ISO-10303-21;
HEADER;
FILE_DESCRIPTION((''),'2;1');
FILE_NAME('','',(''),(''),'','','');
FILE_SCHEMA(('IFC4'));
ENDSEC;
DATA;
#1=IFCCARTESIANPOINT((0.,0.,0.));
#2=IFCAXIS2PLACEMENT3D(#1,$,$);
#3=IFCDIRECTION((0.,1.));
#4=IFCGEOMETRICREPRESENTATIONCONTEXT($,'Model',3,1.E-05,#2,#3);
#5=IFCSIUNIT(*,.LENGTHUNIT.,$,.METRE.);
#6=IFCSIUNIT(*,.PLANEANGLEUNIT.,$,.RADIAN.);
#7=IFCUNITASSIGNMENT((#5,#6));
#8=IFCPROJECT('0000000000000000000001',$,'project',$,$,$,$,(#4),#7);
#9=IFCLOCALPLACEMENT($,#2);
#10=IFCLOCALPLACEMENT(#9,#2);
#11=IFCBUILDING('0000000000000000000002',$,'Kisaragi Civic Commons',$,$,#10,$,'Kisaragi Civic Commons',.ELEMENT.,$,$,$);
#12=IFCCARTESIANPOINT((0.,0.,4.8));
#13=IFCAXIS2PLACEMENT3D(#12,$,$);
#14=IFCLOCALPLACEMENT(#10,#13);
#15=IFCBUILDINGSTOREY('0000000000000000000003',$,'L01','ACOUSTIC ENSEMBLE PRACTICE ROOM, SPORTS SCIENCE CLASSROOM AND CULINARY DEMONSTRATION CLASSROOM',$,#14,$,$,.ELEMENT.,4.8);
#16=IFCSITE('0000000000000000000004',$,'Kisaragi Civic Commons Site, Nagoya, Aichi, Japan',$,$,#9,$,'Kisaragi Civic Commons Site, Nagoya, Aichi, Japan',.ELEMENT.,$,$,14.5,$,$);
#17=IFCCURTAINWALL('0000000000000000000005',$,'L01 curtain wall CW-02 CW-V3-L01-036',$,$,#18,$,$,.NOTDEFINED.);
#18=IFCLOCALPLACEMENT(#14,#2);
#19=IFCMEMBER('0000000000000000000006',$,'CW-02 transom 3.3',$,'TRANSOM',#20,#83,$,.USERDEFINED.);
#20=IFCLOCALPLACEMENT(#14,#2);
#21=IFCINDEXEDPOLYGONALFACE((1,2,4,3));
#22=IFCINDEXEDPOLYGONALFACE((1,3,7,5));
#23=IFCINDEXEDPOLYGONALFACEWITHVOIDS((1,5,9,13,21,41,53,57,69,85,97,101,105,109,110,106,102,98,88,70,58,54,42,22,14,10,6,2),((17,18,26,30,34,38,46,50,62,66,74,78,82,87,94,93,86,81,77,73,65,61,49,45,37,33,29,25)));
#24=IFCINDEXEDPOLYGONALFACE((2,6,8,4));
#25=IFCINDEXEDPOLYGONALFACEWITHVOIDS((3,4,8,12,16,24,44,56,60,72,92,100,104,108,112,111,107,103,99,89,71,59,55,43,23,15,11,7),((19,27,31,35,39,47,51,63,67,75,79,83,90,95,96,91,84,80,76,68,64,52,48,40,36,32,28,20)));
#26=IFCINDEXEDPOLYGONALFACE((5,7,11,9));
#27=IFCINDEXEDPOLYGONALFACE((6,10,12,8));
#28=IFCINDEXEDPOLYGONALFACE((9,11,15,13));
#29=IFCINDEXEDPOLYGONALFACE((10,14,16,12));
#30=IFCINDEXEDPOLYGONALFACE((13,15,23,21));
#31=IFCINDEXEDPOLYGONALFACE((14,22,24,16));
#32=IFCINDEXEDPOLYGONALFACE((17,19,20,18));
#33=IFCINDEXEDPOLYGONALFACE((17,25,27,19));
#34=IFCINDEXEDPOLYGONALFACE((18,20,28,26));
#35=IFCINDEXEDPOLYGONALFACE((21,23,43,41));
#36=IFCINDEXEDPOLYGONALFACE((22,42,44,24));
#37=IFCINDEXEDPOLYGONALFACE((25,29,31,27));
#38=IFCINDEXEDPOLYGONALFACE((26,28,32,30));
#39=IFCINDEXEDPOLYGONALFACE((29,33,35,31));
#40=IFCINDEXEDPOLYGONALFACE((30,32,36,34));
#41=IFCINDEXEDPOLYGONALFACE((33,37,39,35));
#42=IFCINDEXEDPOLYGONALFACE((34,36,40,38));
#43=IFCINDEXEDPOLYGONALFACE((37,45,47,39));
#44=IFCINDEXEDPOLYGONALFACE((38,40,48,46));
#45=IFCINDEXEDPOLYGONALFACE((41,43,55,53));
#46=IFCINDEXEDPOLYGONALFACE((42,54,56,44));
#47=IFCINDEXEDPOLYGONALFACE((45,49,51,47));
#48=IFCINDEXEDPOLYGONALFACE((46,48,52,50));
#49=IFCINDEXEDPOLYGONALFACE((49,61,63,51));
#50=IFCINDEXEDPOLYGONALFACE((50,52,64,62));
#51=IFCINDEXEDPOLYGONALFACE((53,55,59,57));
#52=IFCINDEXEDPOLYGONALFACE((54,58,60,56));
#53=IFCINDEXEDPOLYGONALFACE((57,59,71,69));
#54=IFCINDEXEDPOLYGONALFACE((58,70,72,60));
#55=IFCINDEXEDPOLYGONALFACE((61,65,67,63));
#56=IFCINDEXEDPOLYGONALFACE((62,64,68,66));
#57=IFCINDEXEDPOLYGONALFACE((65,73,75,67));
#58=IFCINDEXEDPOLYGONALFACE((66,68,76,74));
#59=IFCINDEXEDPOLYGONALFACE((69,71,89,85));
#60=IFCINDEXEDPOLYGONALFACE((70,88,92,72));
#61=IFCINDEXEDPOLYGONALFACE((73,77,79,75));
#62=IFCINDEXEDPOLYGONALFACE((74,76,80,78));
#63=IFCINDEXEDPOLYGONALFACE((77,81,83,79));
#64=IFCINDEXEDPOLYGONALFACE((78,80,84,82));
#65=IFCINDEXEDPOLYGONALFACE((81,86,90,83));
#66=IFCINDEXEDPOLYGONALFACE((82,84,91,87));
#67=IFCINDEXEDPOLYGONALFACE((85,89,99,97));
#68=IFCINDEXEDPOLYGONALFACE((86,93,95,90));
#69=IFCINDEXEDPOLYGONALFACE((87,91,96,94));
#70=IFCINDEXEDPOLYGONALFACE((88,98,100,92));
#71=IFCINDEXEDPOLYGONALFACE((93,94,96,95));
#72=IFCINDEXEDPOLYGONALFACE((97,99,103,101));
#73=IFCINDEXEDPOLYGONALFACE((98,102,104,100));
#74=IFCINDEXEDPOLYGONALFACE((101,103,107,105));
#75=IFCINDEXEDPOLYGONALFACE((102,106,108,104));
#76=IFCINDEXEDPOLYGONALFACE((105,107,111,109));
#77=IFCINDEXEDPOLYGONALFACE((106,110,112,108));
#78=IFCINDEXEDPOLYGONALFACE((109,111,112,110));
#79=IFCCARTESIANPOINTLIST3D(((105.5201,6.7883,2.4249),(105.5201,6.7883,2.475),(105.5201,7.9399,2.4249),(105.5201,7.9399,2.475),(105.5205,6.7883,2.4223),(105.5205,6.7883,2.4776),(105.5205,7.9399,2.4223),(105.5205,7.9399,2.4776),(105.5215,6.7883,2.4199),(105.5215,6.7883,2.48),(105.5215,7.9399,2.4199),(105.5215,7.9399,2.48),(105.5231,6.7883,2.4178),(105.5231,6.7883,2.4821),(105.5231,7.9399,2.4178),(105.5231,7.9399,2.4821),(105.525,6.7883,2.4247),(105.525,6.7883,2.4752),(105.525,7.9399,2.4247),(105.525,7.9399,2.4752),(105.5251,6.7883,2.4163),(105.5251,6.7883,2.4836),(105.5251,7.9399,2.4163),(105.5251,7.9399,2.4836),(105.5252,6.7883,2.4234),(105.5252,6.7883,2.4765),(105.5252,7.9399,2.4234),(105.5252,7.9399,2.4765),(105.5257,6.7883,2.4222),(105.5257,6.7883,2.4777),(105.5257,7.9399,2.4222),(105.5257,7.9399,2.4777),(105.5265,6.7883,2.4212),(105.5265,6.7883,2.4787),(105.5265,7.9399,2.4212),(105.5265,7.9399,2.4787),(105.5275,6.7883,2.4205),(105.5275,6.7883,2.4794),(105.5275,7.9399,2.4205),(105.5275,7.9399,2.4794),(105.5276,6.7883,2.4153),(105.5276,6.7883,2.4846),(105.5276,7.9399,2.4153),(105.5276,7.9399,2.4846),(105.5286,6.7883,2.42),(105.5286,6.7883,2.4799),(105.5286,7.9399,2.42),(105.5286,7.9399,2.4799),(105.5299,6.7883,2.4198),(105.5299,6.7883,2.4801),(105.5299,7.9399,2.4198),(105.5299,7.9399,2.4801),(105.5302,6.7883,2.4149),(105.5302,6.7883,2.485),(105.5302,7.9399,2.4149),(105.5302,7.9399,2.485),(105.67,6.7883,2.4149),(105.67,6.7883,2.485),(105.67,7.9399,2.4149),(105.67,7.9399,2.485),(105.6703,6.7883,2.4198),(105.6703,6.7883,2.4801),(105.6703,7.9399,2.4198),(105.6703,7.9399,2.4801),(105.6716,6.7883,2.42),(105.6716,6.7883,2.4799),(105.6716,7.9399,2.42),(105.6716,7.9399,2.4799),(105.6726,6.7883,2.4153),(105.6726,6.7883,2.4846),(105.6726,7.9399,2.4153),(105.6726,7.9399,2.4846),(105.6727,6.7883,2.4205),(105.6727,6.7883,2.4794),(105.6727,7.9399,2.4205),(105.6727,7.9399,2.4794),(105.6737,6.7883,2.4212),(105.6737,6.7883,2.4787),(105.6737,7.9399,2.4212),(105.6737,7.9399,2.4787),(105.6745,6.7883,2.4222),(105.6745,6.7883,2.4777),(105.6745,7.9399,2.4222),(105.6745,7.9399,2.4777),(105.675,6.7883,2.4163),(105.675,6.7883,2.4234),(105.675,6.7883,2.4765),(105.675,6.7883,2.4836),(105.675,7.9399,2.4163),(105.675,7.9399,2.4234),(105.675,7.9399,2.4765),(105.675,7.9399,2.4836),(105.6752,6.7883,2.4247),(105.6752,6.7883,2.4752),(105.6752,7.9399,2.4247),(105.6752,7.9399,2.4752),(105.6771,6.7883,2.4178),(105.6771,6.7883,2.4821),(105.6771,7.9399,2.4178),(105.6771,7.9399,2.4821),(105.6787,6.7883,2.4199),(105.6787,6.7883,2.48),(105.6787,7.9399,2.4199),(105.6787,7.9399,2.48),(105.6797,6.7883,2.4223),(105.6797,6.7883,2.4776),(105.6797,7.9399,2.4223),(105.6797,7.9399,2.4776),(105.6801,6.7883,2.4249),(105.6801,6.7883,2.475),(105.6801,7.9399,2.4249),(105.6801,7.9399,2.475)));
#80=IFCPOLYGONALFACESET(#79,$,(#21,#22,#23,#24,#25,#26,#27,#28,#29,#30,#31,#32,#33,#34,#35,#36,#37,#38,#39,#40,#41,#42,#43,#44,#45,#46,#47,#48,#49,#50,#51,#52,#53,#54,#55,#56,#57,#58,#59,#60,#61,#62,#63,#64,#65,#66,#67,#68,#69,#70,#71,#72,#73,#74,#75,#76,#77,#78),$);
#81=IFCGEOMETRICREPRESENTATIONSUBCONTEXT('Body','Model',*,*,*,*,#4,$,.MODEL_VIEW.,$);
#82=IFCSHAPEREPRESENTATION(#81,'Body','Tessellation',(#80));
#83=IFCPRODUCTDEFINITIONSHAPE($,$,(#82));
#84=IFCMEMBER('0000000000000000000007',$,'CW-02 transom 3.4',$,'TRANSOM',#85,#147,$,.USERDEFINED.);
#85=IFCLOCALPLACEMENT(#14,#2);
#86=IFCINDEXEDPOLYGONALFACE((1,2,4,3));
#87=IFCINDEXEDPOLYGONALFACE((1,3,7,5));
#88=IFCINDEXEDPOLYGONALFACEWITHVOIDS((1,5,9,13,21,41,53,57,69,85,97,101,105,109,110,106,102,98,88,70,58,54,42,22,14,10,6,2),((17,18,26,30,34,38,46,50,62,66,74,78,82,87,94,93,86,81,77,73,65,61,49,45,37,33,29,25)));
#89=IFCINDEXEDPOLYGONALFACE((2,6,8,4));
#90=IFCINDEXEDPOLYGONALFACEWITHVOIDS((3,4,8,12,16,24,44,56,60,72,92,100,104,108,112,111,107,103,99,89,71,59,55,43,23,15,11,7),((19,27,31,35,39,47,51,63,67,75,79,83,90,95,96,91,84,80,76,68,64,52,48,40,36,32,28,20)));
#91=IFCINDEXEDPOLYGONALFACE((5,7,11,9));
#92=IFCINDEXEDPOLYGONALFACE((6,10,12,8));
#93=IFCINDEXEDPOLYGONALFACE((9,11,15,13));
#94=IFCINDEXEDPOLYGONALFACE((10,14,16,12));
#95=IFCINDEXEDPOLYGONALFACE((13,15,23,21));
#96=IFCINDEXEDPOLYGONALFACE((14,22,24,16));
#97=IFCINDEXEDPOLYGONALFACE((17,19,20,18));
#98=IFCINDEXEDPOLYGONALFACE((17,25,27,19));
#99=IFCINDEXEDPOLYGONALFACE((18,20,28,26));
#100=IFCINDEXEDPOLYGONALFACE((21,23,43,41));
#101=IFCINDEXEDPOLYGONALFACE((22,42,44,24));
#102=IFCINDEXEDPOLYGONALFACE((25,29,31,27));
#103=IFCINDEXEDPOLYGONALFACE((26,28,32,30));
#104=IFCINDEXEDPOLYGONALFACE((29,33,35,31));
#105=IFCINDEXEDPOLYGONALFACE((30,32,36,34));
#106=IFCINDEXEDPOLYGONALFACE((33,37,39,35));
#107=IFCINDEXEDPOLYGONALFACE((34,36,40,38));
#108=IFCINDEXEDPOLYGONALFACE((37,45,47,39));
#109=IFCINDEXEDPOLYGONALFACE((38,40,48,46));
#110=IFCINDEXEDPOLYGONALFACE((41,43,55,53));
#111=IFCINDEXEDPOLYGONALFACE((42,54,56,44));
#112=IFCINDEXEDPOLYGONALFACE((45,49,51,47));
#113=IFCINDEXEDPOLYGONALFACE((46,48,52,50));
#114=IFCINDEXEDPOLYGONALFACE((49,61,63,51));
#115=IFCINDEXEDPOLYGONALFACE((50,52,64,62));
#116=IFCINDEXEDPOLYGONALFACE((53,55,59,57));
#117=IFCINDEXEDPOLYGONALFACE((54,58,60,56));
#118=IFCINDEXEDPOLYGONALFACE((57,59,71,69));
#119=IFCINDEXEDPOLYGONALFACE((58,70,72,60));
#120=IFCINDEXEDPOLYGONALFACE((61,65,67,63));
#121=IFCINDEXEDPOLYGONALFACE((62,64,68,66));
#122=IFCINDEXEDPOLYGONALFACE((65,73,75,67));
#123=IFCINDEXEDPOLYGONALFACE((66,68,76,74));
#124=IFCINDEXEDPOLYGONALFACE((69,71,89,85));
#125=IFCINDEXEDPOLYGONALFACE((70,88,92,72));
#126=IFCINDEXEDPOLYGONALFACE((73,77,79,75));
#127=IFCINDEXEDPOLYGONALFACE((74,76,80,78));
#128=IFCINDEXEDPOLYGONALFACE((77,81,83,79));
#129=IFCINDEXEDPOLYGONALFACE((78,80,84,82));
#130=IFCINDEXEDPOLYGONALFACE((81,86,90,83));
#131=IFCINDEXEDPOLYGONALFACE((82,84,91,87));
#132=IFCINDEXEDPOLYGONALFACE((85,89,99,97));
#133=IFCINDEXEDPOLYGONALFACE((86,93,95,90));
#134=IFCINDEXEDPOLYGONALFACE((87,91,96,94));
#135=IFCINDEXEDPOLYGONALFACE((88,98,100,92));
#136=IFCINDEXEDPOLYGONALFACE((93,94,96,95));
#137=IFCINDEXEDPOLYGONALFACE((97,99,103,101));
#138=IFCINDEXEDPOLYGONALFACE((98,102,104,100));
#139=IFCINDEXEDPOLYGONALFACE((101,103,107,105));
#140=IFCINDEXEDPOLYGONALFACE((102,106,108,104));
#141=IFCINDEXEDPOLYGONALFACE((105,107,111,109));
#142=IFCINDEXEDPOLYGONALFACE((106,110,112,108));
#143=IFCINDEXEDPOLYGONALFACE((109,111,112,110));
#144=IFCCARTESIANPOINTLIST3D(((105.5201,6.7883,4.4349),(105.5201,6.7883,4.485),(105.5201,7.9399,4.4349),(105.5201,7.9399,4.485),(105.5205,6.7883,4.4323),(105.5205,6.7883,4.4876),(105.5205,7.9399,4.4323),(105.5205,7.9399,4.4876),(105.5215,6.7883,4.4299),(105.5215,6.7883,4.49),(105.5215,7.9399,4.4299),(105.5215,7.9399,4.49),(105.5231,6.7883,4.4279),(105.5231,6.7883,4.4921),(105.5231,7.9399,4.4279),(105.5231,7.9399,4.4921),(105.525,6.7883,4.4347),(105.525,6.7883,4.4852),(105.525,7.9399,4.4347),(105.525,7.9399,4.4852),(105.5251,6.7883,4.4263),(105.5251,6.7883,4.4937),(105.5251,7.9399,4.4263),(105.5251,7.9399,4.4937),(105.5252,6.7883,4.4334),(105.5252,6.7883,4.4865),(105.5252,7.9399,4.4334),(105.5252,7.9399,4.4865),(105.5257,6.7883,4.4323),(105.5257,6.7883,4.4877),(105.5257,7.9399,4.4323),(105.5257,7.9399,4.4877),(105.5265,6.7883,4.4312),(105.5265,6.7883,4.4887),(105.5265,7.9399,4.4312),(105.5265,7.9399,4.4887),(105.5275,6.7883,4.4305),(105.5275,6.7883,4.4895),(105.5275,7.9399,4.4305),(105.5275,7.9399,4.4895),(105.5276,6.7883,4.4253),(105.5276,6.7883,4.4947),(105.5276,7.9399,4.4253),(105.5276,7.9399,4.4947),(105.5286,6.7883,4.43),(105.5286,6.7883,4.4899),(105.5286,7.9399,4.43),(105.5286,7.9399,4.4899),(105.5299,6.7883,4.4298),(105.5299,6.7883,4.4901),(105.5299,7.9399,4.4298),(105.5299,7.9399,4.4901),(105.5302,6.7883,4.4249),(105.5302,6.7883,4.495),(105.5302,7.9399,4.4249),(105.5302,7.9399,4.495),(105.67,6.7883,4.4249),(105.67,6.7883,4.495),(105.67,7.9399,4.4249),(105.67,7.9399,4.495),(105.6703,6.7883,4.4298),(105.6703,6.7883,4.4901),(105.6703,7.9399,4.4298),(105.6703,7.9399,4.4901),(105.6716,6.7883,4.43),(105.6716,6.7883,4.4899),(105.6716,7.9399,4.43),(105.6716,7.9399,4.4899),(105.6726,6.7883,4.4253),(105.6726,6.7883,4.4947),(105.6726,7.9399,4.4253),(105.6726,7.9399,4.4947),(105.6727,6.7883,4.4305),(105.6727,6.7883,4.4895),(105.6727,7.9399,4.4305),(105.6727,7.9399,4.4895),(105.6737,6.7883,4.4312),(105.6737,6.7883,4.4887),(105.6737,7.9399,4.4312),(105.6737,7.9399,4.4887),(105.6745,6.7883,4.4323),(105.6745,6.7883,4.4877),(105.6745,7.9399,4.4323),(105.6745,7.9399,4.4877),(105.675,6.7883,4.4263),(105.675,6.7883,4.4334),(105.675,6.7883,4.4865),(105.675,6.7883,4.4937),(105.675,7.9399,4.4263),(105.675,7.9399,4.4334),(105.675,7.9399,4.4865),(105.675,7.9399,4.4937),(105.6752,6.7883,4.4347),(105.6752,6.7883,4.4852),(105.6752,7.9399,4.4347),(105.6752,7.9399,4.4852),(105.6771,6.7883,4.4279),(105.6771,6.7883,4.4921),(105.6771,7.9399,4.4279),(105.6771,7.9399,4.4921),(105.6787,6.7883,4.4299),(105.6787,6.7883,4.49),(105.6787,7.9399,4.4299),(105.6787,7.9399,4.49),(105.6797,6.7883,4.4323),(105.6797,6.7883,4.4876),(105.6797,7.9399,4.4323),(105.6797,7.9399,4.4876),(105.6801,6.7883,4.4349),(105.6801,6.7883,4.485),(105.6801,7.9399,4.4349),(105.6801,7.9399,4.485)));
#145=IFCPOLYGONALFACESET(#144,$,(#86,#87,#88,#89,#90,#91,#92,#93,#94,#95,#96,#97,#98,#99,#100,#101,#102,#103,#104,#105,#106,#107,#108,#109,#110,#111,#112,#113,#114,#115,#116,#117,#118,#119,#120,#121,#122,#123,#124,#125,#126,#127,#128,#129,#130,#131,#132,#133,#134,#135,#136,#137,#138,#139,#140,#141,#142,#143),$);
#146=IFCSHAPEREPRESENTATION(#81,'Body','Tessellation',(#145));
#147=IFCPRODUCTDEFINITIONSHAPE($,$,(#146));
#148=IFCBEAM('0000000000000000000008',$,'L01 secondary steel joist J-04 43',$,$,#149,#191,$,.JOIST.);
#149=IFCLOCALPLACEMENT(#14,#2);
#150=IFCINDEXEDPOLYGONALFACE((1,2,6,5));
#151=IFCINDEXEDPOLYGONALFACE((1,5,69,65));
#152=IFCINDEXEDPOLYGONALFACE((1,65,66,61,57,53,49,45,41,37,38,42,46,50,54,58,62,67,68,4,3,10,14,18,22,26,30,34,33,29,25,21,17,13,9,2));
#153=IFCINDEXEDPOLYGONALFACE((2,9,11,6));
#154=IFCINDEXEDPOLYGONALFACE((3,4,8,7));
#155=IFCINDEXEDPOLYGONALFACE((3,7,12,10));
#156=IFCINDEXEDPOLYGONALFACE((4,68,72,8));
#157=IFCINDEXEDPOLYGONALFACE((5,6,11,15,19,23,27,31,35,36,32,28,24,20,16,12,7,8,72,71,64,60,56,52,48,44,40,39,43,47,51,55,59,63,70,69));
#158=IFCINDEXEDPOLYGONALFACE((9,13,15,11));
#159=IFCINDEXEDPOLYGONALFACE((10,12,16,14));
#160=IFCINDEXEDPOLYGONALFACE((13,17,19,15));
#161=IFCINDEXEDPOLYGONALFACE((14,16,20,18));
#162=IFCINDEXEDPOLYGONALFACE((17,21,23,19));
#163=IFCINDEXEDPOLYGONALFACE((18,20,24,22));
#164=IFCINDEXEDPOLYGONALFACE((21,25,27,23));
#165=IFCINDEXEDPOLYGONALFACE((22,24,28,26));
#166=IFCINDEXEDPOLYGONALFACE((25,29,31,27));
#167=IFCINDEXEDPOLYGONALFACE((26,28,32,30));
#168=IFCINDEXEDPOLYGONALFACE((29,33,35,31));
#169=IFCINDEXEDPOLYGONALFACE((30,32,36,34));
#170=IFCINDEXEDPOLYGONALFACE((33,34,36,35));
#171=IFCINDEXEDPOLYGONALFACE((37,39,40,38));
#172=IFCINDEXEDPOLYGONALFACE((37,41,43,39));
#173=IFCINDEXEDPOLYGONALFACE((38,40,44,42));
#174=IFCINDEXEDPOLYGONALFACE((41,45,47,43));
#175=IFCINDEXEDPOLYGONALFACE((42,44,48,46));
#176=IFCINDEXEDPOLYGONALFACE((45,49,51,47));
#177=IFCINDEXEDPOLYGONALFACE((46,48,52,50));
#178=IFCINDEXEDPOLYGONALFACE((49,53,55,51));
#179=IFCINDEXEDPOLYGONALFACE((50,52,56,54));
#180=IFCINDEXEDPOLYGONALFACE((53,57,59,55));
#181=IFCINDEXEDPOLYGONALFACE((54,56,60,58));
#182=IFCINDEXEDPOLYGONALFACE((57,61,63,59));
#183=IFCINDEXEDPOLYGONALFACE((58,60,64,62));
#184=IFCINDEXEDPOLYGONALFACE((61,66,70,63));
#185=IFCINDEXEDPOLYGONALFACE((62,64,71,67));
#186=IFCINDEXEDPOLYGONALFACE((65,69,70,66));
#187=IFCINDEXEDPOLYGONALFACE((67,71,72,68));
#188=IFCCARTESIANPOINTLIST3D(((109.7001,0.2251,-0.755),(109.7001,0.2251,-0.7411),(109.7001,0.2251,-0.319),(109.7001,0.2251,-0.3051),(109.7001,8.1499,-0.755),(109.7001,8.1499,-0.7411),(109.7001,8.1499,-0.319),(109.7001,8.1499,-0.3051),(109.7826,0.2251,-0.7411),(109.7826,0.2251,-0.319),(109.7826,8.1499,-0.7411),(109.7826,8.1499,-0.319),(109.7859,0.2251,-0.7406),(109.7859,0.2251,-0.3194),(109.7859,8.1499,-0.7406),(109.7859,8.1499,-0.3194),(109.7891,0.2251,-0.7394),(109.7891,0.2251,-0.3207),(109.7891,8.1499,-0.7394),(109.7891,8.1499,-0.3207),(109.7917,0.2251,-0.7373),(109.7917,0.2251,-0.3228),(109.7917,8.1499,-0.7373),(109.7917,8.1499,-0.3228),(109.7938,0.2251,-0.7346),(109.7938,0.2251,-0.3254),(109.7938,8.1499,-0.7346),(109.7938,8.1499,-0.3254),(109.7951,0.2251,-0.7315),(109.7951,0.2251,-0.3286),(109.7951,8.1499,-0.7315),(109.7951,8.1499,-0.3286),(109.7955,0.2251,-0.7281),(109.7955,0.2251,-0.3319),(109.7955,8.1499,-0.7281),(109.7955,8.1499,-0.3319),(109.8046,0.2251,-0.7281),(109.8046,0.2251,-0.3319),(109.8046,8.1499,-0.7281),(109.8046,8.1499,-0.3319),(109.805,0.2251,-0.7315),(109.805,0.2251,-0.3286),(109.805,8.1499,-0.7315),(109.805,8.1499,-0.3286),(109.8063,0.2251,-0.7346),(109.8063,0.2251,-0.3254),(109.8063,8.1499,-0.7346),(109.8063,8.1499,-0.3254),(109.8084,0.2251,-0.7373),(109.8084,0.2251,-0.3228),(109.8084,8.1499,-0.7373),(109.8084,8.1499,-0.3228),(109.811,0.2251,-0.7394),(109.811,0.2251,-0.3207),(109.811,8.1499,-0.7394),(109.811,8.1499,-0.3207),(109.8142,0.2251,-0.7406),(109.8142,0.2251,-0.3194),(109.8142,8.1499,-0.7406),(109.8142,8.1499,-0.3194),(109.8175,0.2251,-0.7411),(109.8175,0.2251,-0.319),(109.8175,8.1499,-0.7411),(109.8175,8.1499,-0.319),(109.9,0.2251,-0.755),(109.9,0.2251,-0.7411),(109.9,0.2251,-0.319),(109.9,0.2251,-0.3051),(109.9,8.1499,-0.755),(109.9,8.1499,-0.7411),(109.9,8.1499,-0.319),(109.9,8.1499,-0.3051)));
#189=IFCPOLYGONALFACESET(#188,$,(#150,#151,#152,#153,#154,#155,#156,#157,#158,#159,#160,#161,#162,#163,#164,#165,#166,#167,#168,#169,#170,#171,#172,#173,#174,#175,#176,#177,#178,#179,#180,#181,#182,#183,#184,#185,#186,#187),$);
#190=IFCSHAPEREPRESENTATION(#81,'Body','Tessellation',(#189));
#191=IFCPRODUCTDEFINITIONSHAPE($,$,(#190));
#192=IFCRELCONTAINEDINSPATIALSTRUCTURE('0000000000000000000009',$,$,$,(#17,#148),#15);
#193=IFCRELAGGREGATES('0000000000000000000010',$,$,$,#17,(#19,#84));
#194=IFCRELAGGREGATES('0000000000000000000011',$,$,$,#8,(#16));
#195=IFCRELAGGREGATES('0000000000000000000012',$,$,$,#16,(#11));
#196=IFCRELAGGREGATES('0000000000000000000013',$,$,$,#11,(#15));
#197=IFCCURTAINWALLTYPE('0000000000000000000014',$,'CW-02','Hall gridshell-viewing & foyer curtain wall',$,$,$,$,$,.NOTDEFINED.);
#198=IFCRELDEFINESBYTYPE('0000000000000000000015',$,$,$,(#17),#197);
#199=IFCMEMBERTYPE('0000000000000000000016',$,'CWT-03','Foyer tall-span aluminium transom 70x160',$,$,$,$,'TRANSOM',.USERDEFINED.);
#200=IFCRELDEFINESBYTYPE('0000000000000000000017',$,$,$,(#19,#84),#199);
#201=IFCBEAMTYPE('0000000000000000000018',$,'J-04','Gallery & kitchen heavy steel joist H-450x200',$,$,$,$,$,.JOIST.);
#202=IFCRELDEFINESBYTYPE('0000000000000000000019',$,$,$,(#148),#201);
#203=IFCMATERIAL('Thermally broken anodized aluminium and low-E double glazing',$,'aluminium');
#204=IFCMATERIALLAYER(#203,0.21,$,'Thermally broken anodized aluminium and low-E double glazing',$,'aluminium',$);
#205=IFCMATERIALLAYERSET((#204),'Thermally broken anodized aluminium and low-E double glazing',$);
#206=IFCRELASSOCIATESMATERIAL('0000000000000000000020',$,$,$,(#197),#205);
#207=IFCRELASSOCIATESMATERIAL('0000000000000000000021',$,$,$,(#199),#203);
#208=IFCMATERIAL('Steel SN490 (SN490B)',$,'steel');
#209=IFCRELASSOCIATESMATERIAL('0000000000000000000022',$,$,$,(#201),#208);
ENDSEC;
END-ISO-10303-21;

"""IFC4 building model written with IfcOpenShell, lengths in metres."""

from ifc_helpers import new_model, si_unit, direction, frame, origin, origin_2d, place, context, subcontext, project, spatial, hollow_rectangle, i_section, extrude, material, layer, layer_set, material_profile, profile_set, type_object, element, aggregate, save


model = new_model("IFC4")

# Units and contexts
model_context = context("Model", 3, precision=1e-05, world=origin(), true_north=direction((0.0, 1.0)))
body_context = subcontext(model_context, "Body", "Model", "MODEL_VIEW")
ifc_project = project(units=[si_unit("LENGTHUNIT", "METRE"), si_unit("PLANEANGLEUNIT", "RADIAN")], contexts=[model_context])

# Site, building, storey
site_placement = place(None, origin())
site = spatial("IfcSite", under=ifc_project, at=site_placement, Name="Kisaragi Civic Commons Site, Nagoya, Aichi, Japan", LongName="Kisaragi Civic Commons Site, Nagoya, Aichi, Japan", CompositionType="ELEMENT", RefElevation=14.5)
building_placement = place(site_placement, origin())
building = spatial("IfcBuilding", under=site, at=building_placement, Name="Kisaragi Civic Commons", LongName="Kisaragi Civic Commons", CompositionType="ELEMENT")
storey_placement = place(building_placement, frame((0.0, 0.0, 4.8)))
storey = spatial("IfcBuildingStorey", under=building, at=storey_placement, Name="L01", Description="ACOUSTIC ENSEMBLE PRACTICE ROOM, SPORTS SCIENCE CLASSROOM AND CULINARY DEMONSTRATION CLASSROOM", CompositionType="ELEMENT", Elevation=4.8)

# Curtain wall, members
ifc_material_1 = material(Name="Thermally broken anodized aluminium and low-E double glazing", Category="aluminium")
ifc_layer_1 = layer(ifc_material_1, 0.21, Name="Thermally broken anodized aluminium and low-E double glazing", Category="aluminium")
ifc_layer_set_1 = layer_set([ifc_layer_1], Name="Thermally broken anodized aluminium and low-E double glazing")
curtain_wall_type = type_object("IfcCurtainWallType", Name="CW-02", Description="Hall gridshell-viewing & foyer curtain wall", PredefinedType="NOTDEFINED", material=ifc_layer_set_1)
ifc_material_profile_1 = material_profile(ifc_material_1, hollow_rectangle(XDim=0.1599, YDim=0.0701, WallThickness=0.0049, InnerFilletRadius=0.0049, OuterFilletRadius=0.01, at=origin_2d()), Name="CWT-70x160x5", Category="aluminium")
ifc_profile_set_1 = profile_set([ifc_material_profile_1], Name="Thermally broken anodized aluminium and low-E double glazing")
member_type_1 = type_object("IfcMemberType", Name="CWT-03", Description="Foyer tall-span aluminium transom 70x160", ElementType="TRANSOM", PredefinedType="USERDEFINED", material=ifc_profile_set_1)
curtain_wall_1_placement = place(storey_placement, origin())
curtain_wall_1 = element("IfcCurtainWall", 1, at=curtain_wall_1_placement, inside=storey, type_object=curtain_wall_type, Name="L01 curtain wall CW-02 CW-V3-L01-036", PredefinedType="NOTDEFINED")
member_1_placement = place(storey_placement, frame((105.6001, 6.7883, 2.45), z_axis=(0.0, 1.0, 0.0), x_axis=(-1.0, 0.0, 0.0)))
member_1 = element("IfcMember", 2, at=member_1_placement, type_object=member_type_1, Name="CW-02 transom 3.3", ObjectType="TRANSOM", PredefinedType="USERDEFINED", context=body_context, shape_type="SweptSolid", body=[
    extrude(hollow_rectangle(XDim=0.1599, YDim=0.0701, WallThickness=0.0049, InnerFilletRadius=0.0049, OuterFilletRadius=0.01, at=origin_2d()), origin(), (0.0, 0.0, 1.0), 1.1516),
])
member_2_placement = place(storey_placement, frame((105.6001, 6.7883, 4.46), z_axis=(0.0, 1.0, 0.0), x_axis=(-1.0, 0.0, 0.0)))
member_2 = element("IfcMember", 3, at=member_2_placement, type_object=member_type_1, Name="CW-02 transom 3.4", ObjectType="TRANSOM", PredefinedType="USERDEFINED", context=body_context, shape_type="SweptSolid", body=[
    extrude(hollow_rectangle(XDim=0.1599, YDim=0.0701, WallThickness=0.0049, InnerFilletRadius=0.0049, OuterFilletRadius=0.01, at=origin_2d()), origin(), (0.0, 0.0, 1.0), 1.1516),
])

# Beam
ifc_material_2 = material(Name="Steel SN490 (SN490B)", Category="steel")
ifc_material_profile_2 = material_profile(ifc_material_2, i_section(OverallWidth=0.2, OverallDepth=0.45, WebThickness=0.009, FlangeThickness=0.0139, FilletRadius=0.0129, at=origin_2d()), Name="H-450x200x9x14", Category="steel")
ifc_profile_set_2 = profile_set([ifc_material_profile_2], Name="Steel SN490 (SN490B)")
beam_type = type_object("IfcBeamType", Name="J-04", Description="Gallery & kitchen heavy steel joist H-450x200", PredefinedType="JOIST", material=ifc_profile_set_2)
beam_1_placement = place(storey_placement, frame((109.8, 0.2251, -0.53), z_axis=(0.0, 1.0, 0.0), x_axis=(-1.0, 0.0, 0.0)))
element("IfcBeam", 4, at=beam_1_placement, inside=storey, type_object=beam_type, Name="L01 secondary steel joist J-04 43", PredefinedType="JOIST", context=body_context, shape_type="SweptSolid", body=[
    extrude(i_section(OverallWidth=0.2, OverallDepth=0.45, WebThickness=0.009, FlangeThickness=0.0139, FilletRadius=0.0129, at=origin_2d()), origin(), (0.0, 0.0, 1.0), 7.9248),
])

aggregate(curtain_wall_1, [member_1, member_2])

save(model, "model.ifc")
